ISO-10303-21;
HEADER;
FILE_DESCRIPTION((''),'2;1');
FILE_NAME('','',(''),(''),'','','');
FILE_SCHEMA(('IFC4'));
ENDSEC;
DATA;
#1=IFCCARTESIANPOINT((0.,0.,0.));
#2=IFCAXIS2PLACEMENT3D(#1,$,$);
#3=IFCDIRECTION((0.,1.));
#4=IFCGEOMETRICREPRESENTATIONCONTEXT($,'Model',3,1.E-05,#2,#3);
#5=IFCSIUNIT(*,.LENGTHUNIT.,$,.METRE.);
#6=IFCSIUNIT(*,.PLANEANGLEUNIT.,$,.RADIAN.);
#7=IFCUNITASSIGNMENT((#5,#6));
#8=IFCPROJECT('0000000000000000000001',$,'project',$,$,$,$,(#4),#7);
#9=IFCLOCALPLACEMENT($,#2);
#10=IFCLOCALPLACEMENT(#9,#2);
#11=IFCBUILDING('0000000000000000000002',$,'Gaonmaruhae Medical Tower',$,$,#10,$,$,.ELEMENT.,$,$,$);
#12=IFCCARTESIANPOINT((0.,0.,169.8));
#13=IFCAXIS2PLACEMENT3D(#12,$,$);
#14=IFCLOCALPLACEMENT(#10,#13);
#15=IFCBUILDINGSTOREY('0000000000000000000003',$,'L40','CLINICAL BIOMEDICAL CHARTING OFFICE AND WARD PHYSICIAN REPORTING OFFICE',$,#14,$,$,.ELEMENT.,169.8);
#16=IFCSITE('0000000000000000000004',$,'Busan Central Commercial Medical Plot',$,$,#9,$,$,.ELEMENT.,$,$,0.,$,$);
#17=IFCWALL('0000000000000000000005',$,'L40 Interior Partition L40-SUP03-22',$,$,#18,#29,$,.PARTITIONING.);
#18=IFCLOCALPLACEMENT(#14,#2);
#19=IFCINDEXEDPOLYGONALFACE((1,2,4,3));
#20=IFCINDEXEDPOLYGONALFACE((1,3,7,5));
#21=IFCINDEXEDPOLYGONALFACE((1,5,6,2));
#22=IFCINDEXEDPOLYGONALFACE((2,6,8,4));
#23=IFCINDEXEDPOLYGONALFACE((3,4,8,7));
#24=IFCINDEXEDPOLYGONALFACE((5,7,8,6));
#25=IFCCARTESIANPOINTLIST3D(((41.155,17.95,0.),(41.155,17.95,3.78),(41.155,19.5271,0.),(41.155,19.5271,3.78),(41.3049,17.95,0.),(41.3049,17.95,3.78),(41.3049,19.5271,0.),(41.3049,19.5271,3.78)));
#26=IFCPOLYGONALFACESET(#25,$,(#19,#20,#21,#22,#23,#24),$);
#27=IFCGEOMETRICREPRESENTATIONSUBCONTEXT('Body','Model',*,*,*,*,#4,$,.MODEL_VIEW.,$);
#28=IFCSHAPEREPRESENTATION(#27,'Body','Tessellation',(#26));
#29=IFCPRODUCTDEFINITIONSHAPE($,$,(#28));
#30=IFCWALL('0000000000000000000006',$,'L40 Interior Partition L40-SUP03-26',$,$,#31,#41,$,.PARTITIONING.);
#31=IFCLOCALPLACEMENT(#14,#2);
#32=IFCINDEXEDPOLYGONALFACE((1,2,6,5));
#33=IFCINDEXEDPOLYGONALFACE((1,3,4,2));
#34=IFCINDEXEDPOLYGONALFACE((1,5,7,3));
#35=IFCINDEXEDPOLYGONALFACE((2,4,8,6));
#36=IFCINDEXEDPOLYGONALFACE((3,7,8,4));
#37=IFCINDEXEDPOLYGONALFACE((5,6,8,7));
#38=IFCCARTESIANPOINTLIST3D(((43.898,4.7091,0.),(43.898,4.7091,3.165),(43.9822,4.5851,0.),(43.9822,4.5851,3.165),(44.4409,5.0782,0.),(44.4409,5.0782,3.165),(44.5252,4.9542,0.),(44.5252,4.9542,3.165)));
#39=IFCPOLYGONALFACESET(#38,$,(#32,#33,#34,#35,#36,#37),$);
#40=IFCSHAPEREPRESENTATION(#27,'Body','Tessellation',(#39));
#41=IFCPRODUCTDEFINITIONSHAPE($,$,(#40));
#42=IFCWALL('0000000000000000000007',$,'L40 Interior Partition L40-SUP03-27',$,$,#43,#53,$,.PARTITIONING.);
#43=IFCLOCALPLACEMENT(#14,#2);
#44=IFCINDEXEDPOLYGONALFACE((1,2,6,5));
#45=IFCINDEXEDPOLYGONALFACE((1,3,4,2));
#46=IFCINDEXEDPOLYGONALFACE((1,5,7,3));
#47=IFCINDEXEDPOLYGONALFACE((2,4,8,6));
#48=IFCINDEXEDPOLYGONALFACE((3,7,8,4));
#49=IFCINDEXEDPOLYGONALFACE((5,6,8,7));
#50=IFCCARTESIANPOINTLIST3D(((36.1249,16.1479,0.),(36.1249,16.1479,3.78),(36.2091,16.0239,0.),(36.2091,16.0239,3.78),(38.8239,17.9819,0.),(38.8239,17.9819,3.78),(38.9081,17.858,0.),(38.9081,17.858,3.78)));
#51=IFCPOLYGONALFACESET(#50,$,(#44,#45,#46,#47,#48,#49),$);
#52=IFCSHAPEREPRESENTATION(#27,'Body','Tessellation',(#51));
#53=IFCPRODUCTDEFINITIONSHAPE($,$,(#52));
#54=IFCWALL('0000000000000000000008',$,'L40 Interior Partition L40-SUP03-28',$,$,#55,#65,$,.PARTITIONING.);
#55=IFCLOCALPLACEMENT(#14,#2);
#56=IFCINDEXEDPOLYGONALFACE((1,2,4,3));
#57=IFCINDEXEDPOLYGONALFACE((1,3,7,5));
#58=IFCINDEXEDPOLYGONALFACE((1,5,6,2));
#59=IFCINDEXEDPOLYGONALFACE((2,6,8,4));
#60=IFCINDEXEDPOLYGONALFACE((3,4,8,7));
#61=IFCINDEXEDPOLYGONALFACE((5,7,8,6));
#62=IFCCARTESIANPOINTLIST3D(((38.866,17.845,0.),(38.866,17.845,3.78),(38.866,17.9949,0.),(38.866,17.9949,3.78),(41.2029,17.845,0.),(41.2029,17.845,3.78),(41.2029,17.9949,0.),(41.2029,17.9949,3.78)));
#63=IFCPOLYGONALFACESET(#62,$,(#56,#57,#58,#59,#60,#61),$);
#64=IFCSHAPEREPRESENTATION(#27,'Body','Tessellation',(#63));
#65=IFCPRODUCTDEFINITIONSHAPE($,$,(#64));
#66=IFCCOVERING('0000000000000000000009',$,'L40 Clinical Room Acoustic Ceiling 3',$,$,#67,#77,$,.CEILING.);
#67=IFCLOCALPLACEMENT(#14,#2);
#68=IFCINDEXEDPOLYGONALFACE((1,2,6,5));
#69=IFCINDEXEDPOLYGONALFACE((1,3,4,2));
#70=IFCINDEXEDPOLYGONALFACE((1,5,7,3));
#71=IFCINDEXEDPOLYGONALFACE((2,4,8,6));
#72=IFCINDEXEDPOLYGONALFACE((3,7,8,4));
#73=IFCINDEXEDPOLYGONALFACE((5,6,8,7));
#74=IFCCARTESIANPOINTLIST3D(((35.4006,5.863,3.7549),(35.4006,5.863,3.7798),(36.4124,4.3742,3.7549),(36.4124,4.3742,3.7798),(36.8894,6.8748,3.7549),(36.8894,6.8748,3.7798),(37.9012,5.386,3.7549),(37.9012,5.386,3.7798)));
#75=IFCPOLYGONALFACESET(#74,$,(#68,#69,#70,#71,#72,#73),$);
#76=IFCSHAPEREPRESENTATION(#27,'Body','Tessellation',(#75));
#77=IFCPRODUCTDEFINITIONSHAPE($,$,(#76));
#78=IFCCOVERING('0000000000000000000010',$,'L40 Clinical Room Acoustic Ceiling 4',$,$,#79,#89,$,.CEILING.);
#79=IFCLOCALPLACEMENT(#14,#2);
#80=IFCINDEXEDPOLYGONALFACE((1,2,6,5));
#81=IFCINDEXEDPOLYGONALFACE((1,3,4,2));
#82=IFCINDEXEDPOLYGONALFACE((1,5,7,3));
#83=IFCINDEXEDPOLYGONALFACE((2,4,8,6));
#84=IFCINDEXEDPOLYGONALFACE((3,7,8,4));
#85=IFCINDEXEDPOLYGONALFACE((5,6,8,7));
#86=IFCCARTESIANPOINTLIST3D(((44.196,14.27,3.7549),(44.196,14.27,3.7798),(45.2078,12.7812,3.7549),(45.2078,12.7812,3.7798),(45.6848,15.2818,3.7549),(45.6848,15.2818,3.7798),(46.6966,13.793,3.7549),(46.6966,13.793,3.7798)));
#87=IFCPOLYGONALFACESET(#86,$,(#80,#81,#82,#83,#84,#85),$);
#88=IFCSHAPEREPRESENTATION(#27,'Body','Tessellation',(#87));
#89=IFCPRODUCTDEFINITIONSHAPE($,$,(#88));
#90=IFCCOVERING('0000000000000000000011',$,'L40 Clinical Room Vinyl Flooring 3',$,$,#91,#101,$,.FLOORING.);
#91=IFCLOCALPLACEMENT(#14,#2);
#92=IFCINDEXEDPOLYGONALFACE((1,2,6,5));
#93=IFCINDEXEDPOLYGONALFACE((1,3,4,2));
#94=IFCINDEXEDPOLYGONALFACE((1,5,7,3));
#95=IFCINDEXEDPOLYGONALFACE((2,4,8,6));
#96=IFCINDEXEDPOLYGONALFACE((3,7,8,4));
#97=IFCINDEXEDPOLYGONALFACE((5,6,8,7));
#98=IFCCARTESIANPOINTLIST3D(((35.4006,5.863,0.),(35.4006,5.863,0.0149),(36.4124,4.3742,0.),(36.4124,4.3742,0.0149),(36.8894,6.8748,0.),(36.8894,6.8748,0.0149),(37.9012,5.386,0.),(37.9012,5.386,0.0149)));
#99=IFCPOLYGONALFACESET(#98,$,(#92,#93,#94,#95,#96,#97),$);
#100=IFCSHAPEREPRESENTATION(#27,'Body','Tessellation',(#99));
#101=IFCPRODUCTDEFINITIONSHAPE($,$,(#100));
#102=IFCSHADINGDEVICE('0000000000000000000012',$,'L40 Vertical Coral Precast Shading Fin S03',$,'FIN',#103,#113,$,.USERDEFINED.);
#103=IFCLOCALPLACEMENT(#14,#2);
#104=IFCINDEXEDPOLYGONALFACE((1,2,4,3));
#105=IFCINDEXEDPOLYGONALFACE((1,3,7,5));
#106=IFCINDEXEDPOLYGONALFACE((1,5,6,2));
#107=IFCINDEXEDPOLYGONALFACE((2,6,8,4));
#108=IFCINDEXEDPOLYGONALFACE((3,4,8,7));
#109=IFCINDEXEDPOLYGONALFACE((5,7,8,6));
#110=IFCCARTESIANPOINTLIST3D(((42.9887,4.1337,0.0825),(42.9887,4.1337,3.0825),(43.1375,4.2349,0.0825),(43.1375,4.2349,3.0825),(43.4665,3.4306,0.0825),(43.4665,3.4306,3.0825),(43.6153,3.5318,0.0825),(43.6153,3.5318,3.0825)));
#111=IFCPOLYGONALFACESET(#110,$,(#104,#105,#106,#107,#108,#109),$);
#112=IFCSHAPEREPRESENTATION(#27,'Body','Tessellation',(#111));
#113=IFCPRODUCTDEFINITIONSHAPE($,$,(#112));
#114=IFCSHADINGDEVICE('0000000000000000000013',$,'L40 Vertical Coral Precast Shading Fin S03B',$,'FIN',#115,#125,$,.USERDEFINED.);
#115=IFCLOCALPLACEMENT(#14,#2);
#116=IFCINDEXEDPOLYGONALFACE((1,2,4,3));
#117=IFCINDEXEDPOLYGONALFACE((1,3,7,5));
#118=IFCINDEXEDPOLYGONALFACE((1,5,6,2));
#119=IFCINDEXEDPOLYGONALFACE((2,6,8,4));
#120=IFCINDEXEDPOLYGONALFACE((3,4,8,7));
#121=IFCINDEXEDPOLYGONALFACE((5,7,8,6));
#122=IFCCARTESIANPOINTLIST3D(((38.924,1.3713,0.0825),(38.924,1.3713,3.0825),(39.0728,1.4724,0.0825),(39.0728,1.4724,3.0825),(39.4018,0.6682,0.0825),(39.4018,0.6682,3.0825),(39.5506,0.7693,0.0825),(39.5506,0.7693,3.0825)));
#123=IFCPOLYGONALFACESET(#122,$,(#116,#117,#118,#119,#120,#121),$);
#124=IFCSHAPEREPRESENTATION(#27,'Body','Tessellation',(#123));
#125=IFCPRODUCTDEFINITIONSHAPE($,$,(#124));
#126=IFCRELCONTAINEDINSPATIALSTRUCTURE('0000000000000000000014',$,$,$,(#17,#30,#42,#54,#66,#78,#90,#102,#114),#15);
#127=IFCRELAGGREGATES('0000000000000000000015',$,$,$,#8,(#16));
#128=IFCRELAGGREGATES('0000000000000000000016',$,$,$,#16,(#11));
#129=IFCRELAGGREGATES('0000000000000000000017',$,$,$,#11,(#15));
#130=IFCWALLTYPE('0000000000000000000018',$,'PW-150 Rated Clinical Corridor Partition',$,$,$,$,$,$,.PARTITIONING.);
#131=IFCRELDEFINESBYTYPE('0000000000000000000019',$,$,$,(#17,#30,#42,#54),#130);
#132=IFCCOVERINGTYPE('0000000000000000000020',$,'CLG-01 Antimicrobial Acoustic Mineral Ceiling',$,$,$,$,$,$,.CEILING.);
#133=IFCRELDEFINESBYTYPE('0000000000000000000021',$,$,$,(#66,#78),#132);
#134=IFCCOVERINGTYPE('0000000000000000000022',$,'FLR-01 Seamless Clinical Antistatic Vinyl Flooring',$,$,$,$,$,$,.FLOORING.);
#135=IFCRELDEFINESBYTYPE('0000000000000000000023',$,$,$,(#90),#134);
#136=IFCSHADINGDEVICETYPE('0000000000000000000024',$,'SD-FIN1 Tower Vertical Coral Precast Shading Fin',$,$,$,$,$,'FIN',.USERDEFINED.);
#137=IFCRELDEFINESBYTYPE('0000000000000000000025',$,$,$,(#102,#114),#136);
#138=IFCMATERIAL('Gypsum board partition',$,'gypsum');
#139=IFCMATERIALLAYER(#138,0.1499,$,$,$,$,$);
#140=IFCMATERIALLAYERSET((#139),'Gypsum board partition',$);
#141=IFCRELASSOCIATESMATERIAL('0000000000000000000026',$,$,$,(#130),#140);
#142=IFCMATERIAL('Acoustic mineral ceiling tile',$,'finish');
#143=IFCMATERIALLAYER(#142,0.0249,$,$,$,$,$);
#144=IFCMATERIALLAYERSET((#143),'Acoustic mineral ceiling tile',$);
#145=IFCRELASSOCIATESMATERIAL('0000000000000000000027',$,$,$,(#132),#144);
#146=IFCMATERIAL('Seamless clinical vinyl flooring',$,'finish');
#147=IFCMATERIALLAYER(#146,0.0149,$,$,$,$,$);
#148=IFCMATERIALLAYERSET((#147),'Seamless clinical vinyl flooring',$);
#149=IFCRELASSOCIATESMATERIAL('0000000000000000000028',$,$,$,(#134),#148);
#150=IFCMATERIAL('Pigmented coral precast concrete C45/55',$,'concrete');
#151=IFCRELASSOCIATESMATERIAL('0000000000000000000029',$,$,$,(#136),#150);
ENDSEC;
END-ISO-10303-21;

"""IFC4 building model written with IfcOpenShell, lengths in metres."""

from ifc_helpers import new_model, si_unit, direction, frame, frame_2d, origin, origin_2d, place, context, subcontext, project, spatial, rectangle, extrude, material, layer, layer_set, type_object, element, save


model = new_model("IFC4")

# Units and contexts
model_context = context("Model", 3, precision=1e-05, world=origin(), true_north=direction((0.0, 1.0)))
body_context = subcontext(model_context, "Body", "Model", "MODEL_VIEW")
ifc_project = project(units=[si_unit("LENGTHUNIT", "METRE"), si_unit("PLANEANGLEUNIT", "RADIAN")], contexts=[model_context])

# Site, building, storey
site_placement = place(None, origin())
site = spatial("IfcSite", under=ifc_project, at=site_placement, Name="Busan Central Commercial Medical Plot", CompositionType="ELEMENT", RefElevation=0.0)
building_placement = place(site_placement, origin())
building = spatial("IfcBuilding", under=site, at=building_placement, Name="Gaonmaruhae Medical Tower", CompositionType="ELEMENT")
storey_placement = place(building_placement, frame((0.0, 0.0, 169.8)))
storey = spatial("IfcBuildingStorey", under=building, at=storey_placement, Name="L40", Description="CLINICAL BIOMEDICAL CHARTING OFFICE AND WARD PHYSICIAN REPORTING OFFICE", CompositionType="ELEMENT", Elevation=169.8)

# Walls
ifc_material_1 = material(Name="Gypsum board partition", Category="gypsum")
ifc_layer_1 = layer(ifc_material_1, 0.1499)
ifc_layer_set_1 = layer_set([ifc_layer_1], Name="Gypsum board partition")
wall_type_1 = type_object("IfcWallType", Name="PW-150 Rated Clinical Corridor Partition", PredefinedType="PARTITIONING", material=ifc_layer_set_1)
wall_1_placement = place(storey_placement, frame((41.23, 17.95, 0.0), z_axis=(0.0, 0.0, 1.0), x_axis=(0.0, 1.0, 0.0)))
element("IfcWall", 1, at=wall_1_placement, inside=storey, type_object=wall_type_1, Name="L40 Interior Partition L40-SUP03-22", PredefinedType="PARTITIONING", context=body_context, shape_type="SweptSolid", body=[
    extrude(rectangle(XDim=1.5771, YDim=0.1499, at=frame_2d((0.7886, 0.0))), origin(), (0.0, 0.0, 1.0), 3.78),
])
wall_2_placement = place(storey_placement, frame((44.4829, 5.0161, 0.0), z_axis=(0.0, 0.0, 1.0), x_axis=(-0.826982, -0.562229, 0.0)))
element("IfcWall", 2, at=wall_2_placement, inside=storey, type_object=wall_type_1, Name="L40 Interior Partition L40-SUP03-26", PredefinedType="PARTITIONING", context=body_context, shape_type="SweptSolid", body=[
    extrude(rectangle(XDim=0.6565, YDim=0.1499, at=frame_2d((0.3281, 0.0))), origin(), (0.0, 0.0, 1.0), 3.165),
])
wall_3_placement = place(storey_placement, frame((36.167, 16.0859, 0.0), z_axis=(0.0, 0.0, 1.0), x_axis=(0.827114, 0.562034, 0.0)))
element("IfcWall", 3, at=wall_3_placement, inside=storey, type_object=wall_type_1, Name="L40 Interior Partition L40-SUP03-27", PredefinedType="PARTITIONING", context=body_context, shape_type="SweptSolid", body=[
    extrude(rectangle(XDim=3.2632, YDim=0.1499, at=frame_2d((1.6316, 0.0))), origin(), (0.0, 0.0, 1.0), 3.78),
])
wall_4_placement = place(storey_placement, frame((38.866, 17.9199, 0.0), z_axis=(0.0, 0.0, 1.0), x_axis=(1.0, 0.0, 0.0)))
element("IfcWall", 4, at=wall_4_placement, inside=storey, type_object=wall_type_1, Name="L40 Interior Partition L40-SUP03-28", PredefinedType="PARTITIONING", context=body_context, shape_type="SweptSolid", body=[
    extrude(rectangle(XDim=2.3369, YDim=0.1499, at=frame_2d((1.1685, 0.0))), origin(), (0.0, 0.0, 1.0), 3.78),
])

# Coverings
ifc_material_2 = material(Name="Acoustic mineral ceiling tile", Category="finish")
ifc_layer_2 = layer(ifc_material_2, 0.0249)
ifc_layer_set_2 = layer_set([ifc_layer_2], Name="Acoustic mineral ceiling tile")
covering_type_1 = type_object("IfcCoveringType", Name="CLG-01 Antimicrobial Acoustic Mineral Ceiling", PredefinedType="CEILING", material=ifc_layer_set_2)
for number, where, z_axis, x_axis, name in (
    (5, (36.6509, 5.6245, 3.7549), (0.0, 0.0, 1.0), (0.827081, 0.562083, 0.0), "L40 Clinical Room Acoustic Ceiling 3"),
    (6, (45.4463, 14.0315, 3.7549), (0.0, 0.0, 1.0), (0.827081, 0.562083, 0.0), "L40 Clinical Room Acoustic Ceiling 4"),
):
    element("IfcCovering", number, at=place(storey_placement, frame(where, z_axis=z_axis, x_axis=x_axis)), inside=storey, type_object=covering_type_1, Name=name, PredefinedType="CEILING", context=body_context, shape_type="SweptSolid", body=[
        extrude(rectangle(XDim=1.8, YDim=1.8, at=origin_2d()), origin(), (0.0, 0.0, 1.0), 0.0249),
    ])
ifc_material_3 = material(Name="Seamless clinical vinyl flooring", Category="finish")
ifc_layer_3 = layer(ifc_material_3, 0.0149)
ifc_layer_set_3 = layer_set([ifc_layer_3], Name="Seamless clinical vinyl flooring")
covering_type_2 = type_object("IfcCoveringType", Name="FLR-01 Seamless Clinical Antistatic Vinyl Flooring", PredefinedType="FLOORING", material=ifc_layer_set_3)
covering_placement = place(storey_placement, frame((36.6509, 5.6245, 0.0), z_axis=(0.0, 0.0, 1.0), x_axis=(0.827081, 0.562083, 0.0)))
element("IfcCovering", 7, at=covering_placement, inside=storey, type_object=covering_type_2, Name="L40 Clinical Room Vinyl Flooring 3", PredefinedType="FLOORING", context=body_context, shape_type="SweptSolid", body=[
    extrude(rectangle(XDim=1.8, YDim=1.8, at=origin_2d()), origin(), (0.0, 0.0, 1.0), 0.0149),
])

# Shading devices
ifc_material_4 = material(Name="Pigmented coral precast concrete C45/55", Category="concrete")
shading_device_type = type_object("IfcShadingDeviceType", Name="SD-FIN1 Tower Vertical Coral Precast Shading Fin", ElementType="FIN", PredefinedType="USERDEFINED", material=ifc_material_4)
for number, where, z_axis, x_axis, name in (
    (8, (43.302, 3.8328, 0.0825), (0.0, 0.0, 1.0), (-0.827081, -0.562083, 0.0), "L40 Vertical Coral Precast Shading Fin S03"),
    (9, (39.2373, 1.0703, 0.0825), (0.0, 0.0, 1.0), (-0.827081, -0.562083, 0.0), "L40 Vertical Coral Precast Shading Fin S03B"),
):
    element("IfcShadingDevice", number, at=place(storey_placement, frame(where, z_axis=z_axis, x_axis=x_axis)), inside=storey, type_object=shading_device_type, Name=name, ObjectType="FIN", PredefinedType="USERDEFINED", context=body_context, shape_type="SweptSolid", body=[
        extrude(rectangle(XDim=0.1799, YDim=0.8501, at=origin_2d()), origin(), (0.0, 0.0, 1.0), 3.0),
    ])

save(model, "model.ifc")
